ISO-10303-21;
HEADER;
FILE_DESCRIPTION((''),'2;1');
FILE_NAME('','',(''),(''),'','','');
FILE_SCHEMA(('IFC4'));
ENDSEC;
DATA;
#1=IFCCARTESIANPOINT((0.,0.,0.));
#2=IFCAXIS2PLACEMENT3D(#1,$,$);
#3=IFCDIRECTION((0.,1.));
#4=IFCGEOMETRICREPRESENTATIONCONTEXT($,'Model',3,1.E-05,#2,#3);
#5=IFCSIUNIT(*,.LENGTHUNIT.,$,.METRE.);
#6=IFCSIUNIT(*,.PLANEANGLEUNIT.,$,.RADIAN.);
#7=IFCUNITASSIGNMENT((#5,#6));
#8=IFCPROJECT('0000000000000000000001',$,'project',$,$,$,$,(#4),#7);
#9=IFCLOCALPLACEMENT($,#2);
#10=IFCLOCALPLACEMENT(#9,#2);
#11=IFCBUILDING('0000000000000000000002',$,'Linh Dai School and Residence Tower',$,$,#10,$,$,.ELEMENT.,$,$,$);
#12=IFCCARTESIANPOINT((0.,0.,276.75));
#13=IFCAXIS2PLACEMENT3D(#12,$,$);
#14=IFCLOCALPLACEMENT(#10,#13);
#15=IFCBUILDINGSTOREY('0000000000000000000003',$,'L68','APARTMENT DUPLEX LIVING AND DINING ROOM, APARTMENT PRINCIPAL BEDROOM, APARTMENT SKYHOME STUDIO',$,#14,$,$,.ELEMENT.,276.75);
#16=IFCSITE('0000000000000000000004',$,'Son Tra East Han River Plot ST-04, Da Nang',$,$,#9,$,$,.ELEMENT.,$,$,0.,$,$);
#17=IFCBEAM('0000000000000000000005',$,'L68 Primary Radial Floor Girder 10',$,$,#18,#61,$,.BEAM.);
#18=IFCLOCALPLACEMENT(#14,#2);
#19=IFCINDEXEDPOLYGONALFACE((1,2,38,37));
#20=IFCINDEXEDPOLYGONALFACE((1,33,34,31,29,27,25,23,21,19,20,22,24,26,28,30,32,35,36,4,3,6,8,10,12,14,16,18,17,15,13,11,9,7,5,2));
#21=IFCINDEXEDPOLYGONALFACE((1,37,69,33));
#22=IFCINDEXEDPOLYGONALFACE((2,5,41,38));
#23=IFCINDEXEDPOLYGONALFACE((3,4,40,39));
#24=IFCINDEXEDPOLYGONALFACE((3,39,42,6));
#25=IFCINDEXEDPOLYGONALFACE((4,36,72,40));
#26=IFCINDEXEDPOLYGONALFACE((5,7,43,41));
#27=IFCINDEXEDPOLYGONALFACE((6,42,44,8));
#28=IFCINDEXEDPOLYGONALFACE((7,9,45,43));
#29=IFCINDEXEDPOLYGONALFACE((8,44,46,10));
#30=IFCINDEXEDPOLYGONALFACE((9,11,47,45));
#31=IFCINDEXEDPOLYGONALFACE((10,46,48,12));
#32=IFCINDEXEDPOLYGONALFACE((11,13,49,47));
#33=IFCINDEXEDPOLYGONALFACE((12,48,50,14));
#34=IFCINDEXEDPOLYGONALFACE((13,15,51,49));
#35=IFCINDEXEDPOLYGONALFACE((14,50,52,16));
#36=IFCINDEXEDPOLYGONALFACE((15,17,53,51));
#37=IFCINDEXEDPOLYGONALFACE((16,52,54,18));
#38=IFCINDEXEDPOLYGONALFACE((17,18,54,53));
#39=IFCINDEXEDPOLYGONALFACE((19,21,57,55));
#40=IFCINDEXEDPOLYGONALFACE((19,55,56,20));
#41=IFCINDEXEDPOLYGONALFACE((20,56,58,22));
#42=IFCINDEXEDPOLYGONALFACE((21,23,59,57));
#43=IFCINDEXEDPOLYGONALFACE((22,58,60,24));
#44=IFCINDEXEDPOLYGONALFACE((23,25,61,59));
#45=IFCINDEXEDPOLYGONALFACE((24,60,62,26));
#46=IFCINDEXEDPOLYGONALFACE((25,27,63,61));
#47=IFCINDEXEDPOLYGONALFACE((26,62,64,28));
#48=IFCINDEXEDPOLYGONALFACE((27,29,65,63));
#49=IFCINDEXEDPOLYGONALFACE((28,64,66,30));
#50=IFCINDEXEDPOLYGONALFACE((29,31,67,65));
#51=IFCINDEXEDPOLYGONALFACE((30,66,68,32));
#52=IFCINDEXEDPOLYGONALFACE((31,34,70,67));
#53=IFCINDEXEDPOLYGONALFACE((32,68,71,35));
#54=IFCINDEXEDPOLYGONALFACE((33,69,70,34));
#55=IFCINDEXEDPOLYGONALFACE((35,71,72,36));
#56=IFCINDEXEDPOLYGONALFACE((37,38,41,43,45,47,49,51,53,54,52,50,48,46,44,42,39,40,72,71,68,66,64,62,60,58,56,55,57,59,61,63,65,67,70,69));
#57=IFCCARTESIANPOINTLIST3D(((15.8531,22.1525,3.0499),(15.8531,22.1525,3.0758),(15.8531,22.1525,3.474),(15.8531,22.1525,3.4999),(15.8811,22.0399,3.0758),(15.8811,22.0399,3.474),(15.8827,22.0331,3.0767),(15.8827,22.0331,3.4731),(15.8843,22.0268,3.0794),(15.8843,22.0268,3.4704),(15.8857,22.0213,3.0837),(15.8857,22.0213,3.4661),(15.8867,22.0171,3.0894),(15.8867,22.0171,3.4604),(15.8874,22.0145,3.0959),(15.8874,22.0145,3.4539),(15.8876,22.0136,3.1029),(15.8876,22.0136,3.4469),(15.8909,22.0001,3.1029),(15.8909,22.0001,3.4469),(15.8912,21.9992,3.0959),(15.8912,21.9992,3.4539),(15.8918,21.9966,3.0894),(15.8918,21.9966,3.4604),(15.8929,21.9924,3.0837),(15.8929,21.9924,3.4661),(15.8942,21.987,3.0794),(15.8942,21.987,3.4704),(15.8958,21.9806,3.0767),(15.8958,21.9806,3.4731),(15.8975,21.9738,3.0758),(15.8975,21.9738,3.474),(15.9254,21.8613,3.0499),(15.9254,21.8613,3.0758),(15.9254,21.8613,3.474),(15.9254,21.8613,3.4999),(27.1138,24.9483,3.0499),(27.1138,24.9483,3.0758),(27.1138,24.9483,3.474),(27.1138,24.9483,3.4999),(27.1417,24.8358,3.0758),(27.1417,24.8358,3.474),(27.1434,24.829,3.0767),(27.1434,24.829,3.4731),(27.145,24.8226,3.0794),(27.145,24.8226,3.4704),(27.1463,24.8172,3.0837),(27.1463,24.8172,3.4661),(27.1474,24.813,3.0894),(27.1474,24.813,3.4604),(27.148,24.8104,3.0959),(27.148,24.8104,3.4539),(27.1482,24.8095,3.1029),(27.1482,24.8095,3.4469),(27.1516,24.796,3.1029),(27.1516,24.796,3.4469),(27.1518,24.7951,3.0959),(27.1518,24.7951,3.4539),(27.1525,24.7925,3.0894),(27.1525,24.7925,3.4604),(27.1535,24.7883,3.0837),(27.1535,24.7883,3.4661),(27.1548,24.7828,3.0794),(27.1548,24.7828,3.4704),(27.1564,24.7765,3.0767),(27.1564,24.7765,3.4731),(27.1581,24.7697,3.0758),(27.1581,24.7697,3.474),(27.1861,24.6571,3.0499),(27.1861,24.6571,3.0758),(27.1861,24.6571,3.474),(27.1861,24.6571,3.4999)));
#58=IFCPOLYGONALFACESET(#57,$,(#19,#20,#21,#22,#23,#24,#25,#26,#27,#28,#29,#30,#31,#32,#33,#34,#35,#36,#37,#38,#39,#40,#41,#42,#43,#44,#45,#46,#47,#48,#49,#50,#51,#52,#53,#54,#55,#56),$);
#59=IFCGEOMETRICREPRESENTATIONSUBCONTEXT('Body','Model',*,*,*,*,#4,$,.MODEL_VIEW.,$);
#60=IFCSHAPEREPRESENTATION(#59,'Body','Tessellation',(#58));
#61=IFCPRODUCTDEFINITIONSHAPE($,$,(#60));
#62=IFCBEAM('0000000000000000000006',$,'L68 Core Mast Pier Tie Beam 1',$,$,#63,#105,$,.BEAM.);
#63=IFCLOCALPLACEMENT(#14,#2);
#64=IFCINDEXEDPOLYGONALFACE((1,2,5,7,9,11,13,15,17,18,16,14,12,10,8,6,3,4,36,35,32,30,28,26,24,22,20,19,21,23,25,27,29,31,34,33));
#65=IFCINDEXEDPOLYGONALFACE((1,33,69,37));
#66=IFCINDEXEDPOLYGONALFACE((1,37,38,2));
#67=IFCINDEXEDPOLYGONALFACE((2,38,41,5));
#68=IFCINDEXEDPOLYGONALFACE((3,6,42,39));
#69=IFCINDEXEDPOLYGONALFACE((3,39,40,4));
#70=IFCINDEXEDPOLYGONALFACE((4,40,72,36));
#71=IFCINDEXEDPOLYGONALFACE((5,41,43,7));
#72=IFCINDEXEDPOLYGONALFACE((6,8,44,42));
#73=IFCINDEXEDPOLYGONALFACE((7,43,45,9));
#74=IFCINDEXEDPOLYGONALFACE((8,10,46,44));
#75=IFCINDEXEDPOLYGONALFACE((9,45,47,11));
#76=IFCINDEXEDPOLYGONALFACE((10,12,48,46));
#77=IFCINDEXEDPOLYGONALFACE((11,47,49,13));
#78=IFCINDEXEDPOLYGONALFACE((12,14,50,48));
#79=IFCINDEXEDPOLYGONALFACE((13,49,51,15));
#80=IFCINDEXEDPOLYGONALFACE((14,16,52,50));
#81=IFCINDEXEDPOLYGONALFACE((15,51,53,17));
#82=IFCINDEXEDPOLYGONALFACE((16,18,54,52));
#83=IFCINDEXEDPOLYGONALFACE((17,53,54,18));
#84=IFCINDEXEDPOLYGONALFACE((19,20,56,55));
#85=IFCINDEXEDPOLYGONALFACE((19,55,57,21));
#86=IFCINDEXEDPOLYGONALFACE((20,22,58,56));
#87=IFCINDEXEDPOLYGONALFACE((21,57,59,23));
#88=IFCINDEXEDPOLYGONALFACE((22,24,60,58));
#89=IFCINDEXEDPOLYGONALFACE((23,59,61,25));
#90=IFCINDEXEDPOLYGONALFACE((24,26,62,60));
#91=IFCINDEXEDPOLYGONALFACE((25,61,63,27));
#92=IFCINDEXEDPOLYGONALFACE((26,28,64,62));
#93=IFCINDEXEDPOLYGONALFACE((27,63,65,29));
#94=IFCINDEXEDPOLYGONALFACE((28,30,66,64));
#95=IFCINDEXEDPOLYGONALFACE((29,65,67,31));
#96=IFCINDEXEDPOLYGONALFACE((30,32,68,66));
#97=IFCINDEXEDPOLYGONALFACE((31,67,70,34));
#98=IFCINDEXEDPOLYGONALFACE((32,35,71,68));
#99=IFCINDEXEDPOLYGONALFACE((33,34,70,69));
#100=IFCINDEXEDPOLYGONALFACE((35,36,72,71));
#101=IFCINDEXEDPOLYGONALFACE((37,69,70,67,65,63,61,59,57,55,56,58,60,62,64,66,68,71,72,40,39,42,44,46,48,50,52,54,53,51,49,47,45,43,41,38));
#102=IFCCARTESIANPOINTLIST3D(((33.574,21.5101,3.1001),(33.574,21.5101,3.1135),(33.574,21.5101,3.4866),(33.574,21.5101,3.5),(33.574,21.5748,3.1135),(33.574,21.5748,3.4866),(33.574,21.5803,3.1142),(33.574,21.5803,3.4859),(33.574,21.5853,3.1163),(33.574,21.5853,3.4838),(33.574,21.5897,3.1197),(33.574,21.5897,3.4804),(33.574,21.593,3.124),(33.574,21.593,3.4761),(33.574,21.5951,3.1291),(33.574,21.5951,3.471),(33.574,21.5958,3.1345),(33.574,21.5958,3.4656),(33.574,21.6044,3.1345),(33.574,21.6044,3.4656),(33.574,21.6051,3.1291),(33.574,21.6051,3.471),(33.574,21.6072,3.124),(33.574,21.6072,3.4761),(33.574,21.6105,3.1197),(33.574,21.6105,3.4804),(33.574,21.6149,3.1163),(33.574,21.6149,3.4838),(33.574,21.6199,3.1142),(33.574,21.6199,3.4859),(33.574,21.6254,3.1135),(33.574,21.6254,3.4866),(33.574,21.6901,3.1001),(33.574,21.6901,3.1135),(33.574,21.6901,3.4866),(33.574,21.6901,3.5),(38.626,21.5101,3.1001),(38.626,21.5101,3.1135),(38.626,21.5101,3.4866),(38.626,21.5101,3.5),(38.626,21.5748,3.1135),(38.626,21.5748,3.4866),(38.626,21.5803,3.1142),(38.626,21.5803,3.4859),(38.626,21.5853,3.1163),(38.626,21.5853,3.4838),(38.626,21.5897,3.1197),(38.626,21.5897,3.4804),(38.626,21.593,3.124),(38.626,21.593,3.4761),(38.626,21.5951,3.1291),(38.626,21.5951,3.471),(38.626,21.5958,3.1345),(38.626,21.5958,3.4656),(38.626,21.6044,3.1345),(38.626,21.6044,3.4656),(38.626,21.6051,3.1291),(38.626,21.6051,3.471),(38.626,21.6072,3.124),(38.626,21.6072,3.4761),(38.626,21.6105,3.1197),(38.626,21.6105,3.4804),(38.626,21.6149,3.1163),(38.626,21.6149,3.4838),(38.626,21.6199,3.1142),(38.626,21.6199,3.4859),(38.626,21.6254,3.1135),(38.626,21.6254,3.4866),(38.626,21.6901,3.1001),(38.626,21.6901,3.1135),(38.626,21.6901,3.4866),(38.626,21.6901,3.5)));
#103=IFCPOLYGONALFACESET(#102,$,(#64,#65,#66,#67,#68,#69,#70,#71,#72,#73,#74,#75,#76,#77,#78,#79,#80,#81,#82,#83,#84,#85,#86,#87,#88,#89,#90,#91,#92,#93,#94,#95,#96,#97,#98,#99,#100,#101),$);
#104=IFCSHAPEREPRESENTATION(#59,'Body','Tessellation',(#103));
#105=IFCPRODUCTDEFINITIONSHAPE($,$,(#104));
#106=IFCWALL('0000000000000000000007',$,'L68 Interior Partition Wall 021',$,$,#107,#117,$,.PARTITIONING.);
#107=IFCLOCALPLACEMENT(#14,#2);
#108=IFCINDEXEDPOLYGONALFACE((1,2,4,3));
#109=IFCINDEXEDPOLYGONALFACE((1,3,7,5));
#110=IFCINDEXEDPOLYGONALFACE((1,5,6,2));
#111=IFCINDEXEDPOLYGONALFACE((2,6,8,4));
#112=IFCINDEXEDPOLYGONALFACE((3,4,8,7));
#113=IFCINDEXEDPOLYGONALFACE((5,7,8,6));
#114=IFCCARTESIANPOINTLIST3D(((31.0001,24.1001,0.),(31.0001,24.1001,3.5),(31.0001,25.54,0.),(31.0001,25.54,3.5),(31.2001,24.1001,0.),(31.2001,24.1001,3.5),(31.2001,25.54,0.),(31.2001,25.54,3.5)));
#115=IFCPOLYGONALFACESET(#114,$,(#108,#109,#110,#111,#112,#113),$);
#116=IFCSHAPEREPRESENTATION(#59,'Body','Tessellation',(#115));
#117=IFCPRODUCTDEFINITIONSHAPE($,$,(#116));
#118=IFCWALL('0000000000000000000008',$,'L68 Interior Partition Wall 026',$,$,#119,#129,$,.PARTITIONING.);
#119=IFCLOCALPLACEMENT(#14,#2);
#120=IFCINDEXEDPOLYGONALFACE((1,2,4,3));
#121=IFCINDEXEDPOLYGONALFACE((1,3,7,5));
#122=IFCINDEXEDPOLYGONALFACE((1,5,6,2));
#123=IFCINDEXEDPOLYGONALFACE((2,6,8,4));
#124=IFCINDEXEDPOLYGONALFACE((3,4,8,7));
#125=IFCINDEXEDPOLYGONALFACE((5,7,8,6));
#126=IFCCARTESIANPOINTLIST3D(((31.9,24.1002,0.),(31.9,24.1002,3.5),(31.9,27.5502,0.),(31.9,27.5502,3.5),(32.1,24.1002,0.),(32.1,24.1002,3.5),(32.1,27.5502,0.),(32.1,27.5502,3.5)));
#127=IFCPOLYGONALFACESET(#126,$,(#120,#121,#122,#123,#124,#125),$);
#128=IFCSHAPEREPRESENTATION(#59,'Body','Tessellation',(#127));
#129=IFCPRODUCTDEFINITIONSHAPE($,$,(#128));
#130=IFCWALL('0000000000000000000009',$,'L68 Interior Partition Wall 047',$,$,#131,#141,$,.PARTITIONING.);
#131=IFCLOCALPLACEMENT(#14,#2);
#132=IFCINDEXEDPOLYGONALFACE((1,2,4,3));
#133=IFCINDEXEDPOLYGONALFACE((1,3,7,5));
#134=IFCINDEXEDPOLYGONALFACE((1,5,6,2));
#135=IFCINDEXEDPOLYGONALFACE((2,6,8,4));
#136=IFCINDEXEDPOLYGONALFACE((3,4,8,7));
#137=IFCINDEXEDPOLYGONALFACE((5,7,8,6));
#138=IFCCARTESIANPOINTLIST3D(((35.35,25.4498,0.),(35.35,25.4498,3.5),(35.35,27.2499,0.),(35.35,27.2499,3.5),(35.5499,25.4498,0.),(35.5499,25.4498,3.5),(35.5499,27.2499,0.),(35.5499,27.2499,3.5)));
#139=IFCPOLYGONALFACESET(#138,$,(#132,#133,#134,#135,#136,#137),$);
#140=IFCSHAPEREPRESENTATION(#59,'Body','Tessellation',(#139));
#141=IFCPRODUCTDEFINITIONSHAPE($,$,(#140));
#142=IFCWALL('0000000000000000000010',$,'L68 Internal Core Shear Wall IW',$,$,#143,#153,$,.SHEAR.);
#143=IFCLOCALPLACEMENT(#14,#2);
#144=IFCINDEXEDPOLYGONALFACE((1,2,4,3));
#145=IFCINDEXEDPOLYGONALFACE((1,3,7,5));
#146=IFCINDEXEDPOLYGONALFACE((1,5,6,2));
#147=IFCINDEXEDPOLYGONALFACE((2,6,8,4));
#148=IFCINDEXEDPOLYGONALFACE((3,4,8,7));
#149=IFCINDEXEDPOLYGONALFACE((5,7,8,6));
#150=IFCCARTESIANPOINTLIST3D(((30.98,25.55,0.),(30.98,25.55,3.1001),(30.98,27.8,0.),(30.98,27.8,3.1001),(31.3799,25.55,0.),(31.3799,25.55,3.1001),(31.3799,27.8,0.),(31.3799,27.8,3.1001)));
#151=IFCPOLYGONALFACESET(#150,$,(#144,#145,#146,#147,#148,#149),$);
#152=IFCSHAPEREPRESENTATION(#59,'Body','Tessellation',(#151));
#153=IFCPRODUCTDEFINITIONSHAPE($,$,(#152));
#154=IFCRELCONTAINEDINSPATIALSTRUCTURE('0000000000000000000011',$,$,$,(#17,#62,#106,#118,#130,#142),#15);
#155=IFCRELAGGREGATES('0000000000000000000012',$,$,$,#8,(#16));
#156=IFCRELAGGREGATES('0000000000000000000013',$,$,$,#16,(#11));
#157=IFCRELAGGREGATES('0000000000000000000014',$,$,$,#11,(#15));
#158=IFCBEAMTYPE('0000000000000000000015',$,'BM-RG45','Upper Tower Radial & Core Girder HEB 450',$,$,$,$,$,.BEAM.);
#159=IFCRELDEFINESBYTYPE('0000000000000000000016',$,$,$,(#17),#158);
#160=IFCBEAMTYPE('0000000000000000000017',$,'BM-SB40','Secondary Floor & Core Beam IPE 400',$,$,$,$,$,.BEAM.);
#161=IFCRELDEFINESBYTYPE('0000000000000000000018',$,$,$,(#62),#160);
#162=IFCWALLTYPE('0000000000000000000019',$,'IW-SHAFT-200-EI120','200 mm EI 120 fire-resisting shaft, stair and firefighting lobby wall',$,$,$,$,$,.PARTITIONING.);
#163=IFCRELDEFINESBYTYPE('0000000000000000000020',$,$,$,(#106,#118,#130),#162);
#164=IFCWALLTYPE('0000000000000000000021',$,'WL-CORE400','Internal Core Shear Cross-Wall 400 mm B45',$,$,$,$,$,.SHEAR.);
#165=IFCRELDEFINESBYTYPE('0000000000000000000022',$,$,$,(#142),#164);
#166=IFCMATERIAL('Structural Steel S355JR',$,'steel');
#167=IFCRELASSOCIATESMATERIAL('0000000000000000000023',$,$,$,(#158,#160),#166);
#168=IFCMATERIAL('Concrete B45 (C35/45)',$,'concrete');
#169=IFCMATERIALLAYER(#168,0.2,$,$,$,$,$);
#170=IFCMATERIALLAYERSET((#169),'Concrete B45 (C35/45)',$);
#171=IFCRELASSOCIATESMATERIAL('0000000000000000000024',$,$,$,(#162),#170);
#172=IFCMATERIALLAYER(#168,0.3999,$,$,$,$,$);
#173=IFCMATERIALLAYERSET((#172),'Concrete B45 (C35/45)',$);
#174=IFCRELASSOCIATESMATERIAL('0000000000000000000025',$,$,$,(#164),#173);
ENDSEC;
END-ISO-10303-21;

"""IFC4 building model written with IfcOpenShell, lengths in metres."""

from ifc_helpers import new_model, si_unit, direction, frame, frame_2d, origin, origin_2d, place, context, subcontext, project, spatial, rectangle, i_section, extrude, material, layer, layer_set, material_profile, profile_set, type_object, element, save


model = new_model("IFC4")

# Units and contexts
model_context = context("Model", 3, precision=1e-05, world=origin(), true_north=direction((0.0, 1.0)))
body_context = subcontext(model_context, "Body", "Model", "MODEL_VIEW")
ifc_project = project(units=[si_unit("LENGTHUNIT", "METRE"), si_unit("PLANEANGLEUNIT", "RADIAN")], contexts=[model_context])

# Site, building, storey
site_placement = place(None, origin())
site = spatial("IfcSite", under=ifc_project, at=site_placement, Name="Son Tra East Han River Plot ST-04, Da Nang", CompositionType="ELEMENT", RefElevation=0.0)
building_placement = place(site_placement, origin())
building = spatial("IfcBuilding", under=site, at=building_placement, Name="Linh Dai School and Residence Tower", CompositionType="ELEMENT")
storey_placement = place(building_placement, frame((0.0, 0.0, 276.75)))
storey = spatial("IfcBuildingStorey", under=building, at=storey_placement, Name="L68", Description="APARTMENT DUPLEX LIVING AND DINING ROOM, APARTMENT PRINCIPAL BEDROOM, APARTMENT SKYHOME STUDIO", CompositionType="ELEMENT", Elevation=276.75)

# Shared definitions
ifc_material_1 = material(Name="Structural Steel S355JR", Category="steel")

# Beams
ifc_material_profile_1 = material_profile(ifc_material_1, i_section(OverallWidth=0.3, OverallDepth=0.45, WebThickness=0.0139, FlangeThickness=0.0259, FilletRadius=0.0271, at=origin_2d()), Name="HEB 450")
ifc_profile_set_1 = profile_set([ifc_material_profile_1], Name="Structural Steel S355JR")
beam_type_1 = type_object("IfcBeamType", Name="BM-RG45", Description="Upper Tower Radial & Core Girder HEB 450", PredefinedType="BEAM", material=ifc_profile_set_1)
beam_1_placement = place(storey_placement, frame((27.1499, 24.8027, 3.2749), z_axis=(-0.970532, -0.240971, 0.0), x_axis=(0.240971, -0.970532, 0.0)))
element("IfcBeam", 1, at=beam_1_placement, inside=storey, type_object=beam_type_1, Name="L68 Primary Radial Floor Girder 10", PredefinedType="BEAM", context=body_context, shape_type="SweptSolid", body=[
    extrude(i_section(OverallWidth=0.3, OverallDepth=0.45, WebThickness=0.0139, FlangeThickness=0.0259, FilletRadius=0.0271, at=origin_2d()), origin(), (0.0, 0.0, 1.0), 11.6025),
])
ifc_material_profile_2 = material_profile(ifc_material_1, i_section(OverallWidth=0.1799, OverallDepth=0.3999, WebThickness=0.0085, FlangeThickness=0.0134, FilletRadius=0.021, at=origin_2d()), Name="IPE 400")
ifc_profile_set_2 = profile_set([ifc_material_profile_2], Name="Structural Steel S355JR")
beam_type_2 = type_object("IfcBeamType", Name="BM-SB40", Description="Secondary Floor & Core Beam IPE 400", PredefinedType="BEAM", material=ifc_profile_set_2)
beam_2_placement = place(storey_placement, frame((33.574, 21.6001, 3.3), z_axis=(1.0, 0.0, 0.0), x_axis=(0.0, 1.0, 0.0)))
element("IfcBeam", 2, at=beam_2_placement, inside=storey, type_object=beam_type_2, Name="L68 Core Mast Pier Tie Beam 1", PredefinedType="BEAM", context=body_context, shape_type="SweptSolid", body=[
    extrude(i_section(OverallWidth=0.1799, OverallDepth=0.3999, WebThickness=0.0085, FlangeThickness=0.0134, FilletRadius=0.021, at=origin_2d()), origin(), (0.0, 0.0, 1.0), 5.052),
])

# Shared definitions
ifc_material_2 = material(Name="Concrete B45 (C35/45)", Category="concrete")
ifc_layer_1 = layer(ifc_material_2, 0.2)
ifc_layer_set_1 = layer_set([ifc_layer_1], Name="Concrete B45 (C35/45)")
wall_type_1 = type_object("IfcWallType", Name="IW-SHAFT-200-EI120", Description="200 mm EI 120 fire-resisting shaft, stair and firefighting lobby wall", PredefinedType="PARTITIONING", material=ifc_layer_set_1)

# Walls
wall_1_placement = place(storey_placement, frame((31.1001, 24.1001, 0.0), z_axis=(0.0, 0.0, 1.0), x_axis=(0.0, 1.0, 0.0)))
element("IfcWall", 3, at=wall_1_placement, inside=storey, type_object=wall_type_1, Name="L68 Interior Partition Wall 021", PredefinedType="PARTITIONING", context=body_context, shape_type="SweptSolid", body=[
    extrude(rectangle(XDim=1.4399, YDim=0.2, at=frame_2d((0.72, 0.0))), origin(), (0.0, 0.0, 1.0), 3.5),
])
wall_2_placement = place(storey_placement, frame((32.0, 24.1001, 0.0), z_axis=(0.0, 0.0, 1.0), x_axis=(0.0, 1.0, 0.0)))
element("IfcWall", 4, at=wall_2_placement, inside=storey, type_object=wall_type_1, Name="L68 Interior Partition Wall 026", PredefinedType="PARTITIONING", context=body_context, shape_type="SweptSolid", body=[
    extrude(rectangle(XDim=3.45, YDim=0.2, at=frame_2d((1.7251, 0.0))), origin(), (0.0, 0.0, 1.0), 3.5),
])

# Wall
wall_3_placement = place(storey_placement, frame((35.45, 25.45, 0.0), z_axis=(0.0, 0.0, 1.0), x_axis=(0.0, 1.0, 0.0)))
element("IfcWall", 5, at=wall_3_placement, inside=storey, type_object=wall_type_1, Name="L68 Interior Partition Wall 047", PredefinedType="PARTITIONING", context=body_context, shape_type="SweptSolid", body=[
    extrude(rectangle(XDim=1.8, YDim=0.2, at=frame_2d((0.8999, 0.0))), origin(), (0.0, 0.0, 1.0), 3.5),
])

# Wall
ifc_layer_2 = layer(ifc_material_2, 0.3999)
ifc_layer_set_2 = layer_set([ifc_layer_2], Name="Concrete B45 (C35/45)")
wall_type_2 = type_object("IfcWallType", Name="WL-CORE400", Description="Internal Core Shear Cross-Wall 400 mm B45", PredefinedType="SHEAR", material=ifc_layer_set_2)
wall_4_placement = place(storey_placement, frame((31.1799, 25.55, 0.0), z_axis=(0.0, 0.0, 1.0), x_axis=(0.0, 1.0, 0.0)))
element("IfcWall", 6, at=wall_4_placement, inside=storey, type_object=wall_type_2, Name="L68 Internal Core Shear Wall IW", PredefinedType="SHEAR", context=body_context, shape_type="SweptSolid", body=[
    extrude(rectangle(XDim=2.25, YDim=0.3999, at=frame_2d((1.125, 0.0))), origin(), (0.0, 0.0, 1.0), 3.1001),
])

save(model, "model.ifc")
